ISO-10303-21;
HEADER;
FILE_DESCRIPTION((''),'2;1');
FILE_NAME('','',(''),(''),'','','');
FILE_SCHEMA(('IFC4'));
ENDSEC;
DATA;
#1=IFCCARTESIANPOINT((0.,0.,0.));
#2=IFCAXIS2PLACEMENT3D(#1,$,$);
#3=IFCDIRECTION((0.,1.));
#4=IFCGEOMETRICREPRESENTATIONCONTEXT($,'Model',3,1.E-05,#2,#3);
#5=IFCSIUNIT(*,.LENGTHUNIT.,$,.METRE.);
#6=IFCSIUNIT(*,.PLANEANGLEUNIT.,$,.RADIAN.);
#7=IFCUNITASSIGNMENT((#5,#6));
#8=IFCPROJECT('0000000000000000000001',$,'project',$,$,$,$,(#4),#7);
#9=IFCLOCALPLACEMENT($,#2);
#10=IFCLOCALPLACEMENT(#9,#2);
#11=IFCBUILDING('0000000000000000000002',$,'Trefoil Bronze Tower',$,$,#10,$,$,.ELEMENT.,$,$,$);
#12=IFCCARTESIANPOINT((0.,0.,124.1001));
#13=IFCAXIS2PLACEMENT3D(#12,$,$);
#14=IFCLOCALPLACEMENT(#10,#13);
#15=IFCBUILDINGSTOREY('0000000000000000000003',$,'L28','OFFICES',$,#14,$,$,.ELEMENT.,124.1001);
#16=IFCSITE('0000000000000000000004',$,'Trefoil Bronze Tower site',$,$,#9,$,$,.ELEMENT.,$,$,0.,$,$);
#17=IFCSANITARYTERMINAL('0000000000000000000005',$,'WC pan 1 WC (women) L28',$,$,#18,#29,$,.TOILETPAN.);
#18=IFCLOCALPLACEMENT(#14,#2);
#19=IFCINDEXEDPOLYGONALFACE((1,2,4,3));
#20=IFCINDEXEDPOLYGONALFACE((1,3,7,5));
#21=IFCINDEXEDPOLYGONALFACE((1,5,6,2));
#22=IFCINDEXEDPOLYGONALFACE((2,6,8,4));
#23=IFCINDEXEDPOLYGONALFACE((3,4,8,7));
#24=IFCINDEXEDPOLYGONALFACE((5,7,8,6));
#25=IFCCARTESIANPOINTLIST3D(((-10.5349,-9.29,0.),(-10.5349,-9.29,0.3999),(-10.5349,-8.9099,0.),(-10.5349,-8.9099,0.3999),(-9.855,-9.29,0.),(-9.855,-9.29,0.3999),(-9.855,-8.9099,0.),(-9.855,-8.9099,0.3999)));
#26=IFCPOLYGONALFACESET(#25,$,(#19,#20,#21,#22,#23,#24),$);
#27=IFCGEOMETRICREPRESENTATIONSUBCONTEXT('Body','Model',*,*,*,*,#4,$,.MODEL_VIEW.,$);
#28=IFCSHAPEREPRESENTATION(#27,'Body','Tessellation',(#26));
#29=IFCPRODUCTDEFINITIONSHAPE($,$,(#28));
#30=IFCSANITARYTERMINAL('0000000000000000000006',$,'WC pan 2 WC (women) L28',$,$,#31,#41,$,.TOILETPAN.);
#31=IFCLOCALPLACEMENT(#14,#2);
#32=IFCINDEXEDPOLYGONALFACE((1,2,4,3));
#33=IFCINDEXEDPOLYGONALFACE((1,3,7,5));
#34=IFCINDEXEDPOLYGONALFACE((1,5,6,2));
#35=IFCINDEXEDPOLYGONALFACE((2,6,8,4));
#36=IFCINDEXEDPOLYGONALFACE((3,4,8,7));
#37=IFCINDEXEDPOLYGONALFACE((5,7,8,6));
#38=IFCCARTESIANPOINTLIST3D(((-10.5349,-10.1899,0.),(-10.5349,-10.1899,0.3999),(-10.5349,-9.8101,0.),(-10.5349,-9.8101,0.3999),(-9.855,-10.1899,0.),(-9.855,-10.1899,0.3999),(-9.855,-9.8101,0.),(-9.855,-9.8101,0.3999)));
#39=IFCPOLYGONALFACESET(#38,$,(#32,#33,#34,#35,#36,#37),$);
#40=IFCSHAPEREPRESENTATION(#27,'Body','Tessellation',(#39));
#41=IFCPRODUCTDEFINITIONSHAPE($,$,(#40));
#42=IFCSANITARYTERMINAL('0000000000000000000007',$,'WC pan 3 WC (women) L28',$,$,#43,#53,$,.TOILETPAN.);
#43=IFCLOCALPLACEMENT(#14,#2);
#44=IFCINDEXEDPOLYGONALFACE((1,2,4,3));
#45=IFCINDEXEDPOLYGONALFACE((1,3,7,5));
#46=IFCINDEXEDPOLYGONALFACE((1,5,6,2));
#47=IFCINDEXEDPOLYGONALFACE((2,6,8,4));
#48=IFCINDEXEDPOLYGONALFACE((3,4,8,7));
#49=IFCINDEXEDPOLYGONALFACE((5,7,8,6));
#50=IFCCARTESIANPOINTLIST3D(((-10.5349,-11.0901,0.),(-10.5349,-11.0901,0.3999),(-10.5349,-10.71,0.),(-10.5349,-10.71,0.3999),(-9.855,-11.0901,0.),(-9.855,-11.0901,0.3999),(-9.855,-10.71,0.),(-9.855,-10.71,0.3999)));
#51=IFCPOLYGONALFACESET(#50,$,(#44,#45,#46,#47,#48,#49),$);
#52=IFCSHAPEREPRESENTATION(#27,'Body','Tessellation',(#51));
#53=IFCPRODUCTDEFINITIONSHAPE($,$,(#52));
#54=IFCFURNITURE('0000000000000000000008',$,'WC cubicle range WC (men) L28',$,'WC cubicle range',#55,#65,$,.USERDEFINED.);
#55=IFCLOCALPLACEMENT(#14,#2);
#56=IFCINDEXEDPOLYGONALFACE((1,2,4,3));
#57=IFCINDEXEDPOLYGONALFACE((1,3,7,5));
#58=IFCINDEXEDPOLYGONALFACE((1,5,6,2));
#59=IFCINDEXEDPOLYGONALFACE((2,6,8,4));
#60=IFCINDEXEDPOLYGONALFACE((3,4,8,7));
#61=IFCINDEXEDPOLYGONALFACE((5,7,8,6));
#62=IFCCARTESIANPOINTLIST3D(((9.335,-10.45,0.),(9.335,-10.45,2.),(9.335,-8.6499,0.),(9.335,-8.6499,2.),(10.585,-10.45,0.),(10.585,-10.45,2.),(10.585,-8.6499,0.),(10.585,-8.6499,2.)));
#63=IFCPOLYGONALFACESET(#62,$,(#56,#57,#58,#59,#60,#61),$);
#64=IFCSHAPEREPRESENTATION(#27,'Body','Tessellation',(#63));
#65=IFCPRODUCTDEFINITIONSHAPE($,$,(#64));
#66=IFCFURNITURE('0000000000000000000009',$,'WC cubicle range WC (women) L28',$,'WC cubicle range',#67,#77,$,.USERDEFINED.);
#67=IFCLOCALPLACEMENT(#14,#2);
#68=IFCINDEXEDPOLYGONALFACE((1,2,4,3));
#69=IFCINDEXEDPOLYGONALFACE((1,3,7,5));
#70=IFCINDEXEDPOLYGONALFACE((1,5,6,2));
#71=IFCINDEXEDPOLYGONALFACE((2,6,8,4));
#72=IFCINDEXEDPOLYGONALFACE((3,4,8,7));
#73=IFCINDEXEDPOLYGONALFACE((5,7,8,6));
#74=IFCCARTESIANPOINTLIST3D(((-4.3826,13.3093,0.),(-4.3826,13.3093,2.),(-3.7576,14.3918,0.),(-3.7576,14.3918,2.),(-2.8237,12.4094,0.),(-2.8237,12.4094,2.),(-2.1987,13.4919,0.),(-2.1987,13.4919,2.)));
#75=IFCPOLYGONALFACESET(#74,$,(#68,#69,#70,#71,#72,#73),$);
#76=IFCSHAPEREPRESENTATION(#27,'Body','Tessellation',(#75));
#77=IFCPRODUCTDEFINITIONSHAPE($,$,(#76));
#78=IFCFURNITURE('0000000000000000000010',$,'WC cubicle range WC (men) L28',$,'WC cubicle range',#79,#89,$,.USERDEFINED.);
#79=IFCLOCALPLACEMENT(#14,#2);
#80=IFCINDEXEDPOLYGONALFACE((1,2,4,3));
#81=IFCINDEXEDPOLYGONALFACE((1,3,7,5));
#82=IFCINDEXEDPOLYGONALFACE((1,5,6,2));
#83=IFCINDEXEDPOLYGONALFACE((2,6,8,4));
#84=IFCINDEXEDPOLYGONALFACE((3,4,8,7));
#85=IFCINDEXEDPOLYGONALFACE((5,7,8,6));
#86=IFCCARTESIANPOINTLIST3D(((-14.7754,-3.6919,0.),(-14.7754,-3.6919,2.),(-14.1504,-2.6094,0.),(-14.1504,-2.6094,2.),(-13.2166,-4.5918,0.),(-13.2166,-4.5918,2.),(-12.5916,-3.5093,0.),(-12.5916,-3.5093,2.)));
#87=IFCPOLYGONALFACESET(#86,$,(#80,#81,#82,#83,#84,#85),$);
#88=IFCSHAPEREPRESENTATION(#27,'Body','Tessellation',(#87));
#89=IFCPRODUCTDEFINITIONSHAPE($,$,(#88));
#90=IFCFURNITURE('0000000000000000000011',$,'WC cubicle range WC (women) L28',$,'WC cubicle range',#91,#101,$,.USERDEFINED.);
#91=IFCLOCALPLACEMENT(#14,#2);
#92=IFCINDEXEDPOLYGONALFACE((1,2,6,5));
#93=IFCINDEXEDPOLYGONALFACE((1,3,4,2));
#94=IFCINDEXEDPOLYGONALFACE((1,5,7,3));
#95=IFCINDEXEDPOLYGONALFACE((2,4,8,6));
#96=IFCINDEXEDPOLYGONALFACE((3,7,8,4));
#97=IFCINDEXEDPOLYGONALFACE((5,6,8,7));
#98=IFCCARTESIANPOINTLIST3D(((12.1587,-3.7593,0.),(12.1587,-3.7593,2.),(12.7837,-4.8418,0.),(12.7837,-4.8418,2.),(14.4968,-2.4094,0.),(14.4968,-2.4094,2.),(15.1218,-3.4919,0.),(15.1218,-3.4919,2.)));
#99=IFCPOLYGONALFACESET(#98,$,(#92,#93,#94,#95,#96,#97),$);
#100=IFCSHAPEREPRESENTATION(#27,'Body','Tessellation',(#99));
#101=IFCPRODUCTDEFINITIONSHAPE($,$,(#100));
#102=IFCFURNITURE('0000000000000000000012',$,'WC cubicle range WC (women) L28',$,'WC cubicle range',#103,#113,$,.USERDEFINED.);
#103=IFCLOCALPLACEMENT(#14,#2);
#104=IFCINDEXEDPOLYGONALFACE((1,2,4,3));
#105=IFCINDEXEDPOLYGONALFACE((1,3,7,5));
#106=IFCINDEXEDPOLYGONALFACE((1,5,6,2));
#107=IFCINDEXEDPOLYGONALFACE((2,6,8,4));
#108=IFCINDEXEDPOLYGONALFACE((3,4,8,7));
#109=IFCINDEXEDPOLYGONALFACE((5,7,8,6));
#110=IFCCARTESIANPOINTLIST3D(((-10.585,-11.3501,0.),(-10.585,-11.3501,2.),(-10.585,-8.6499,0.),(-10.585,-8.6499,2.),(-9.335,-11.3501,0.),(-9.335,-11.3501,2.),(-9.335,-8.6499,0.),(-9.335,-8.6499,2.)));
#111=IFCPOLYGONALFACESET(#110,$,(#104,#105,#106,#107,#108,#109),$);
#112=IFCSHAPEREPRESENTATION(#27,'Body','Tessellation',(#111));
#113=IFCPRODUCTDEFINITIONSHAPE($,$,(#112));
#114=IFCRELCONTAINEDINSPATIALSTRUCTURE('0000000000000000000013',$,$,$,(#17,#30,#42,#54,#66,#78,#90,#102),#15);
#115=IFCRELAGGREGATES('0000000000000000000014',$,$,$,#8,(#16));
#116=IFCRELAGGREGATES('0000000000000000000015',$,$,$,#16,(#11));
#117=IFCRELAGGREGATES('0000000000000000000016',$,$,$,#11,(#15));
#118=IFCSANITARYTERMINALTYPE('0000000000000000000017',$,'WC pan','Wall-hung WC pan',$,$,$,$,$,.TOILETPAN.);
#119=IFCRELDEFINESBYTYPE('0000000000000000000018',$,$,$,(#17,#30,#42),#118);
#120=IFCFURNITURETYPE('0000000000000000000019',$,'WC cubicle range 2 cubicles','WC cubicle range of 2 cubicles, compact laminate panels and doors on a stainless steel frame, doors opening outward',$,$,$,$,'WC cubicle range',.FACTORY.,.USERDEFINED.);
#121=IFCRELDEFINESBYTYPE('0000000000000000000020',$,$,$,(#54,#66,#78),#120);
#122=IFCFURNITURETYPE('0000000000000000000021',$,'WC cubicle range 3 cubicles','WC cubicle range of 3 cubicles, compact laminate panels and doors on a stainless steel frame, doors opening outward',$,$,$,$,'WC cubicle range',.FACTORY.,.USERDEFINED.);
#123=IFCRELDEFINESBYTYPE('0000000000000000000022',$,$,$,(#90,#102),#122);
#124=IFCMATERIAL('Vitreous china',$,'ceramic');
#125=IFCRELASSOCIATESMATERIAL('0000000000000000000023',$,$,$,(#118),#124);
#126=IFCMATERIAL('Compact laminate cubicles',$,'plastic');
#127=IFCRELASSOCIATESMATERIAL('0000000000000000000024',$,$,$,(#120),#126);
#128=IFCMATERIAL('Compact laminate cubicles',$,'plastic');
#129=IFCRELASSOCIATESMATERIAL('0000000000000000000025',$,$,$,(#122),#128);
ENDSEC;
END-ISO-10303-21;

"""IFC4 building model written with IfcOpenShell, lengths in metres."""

from ifc_helpers import new_model, si_unit, direction, frame, origin, place, context, subcontext, project, spatial, polyline, outline, extrude, material, type_object, element, save


model = new_model("IFC4")

# Units and contexts
model_context = context("Model", 3, precision=1e-05, world=origin(), true_north=direction((0.0, 1.0)))
body_context = subcontext(model_context, "Body", "Model", "MODEL_VIEW")
ifc_project = project(units=[si_unit("LENGTHUNIT", "METRE"), si_unit("PLANEANGLEUNIT", "RADIAN")], contexts=[model_context])

# Site, building, storey
site_placement = place(None, origin())
site = spatial("IfcSite", under=ifc_project, at=site_placement, Name="Trefoil Bronze Tower site", CompositionType="ELEMENT", RefElevation=0.0)
building_placement = place(site_placement, origin())
building = spatial("IfcBuilding", under=site, at=building_placement, Name="Trefoil Bronze Tower", CompositionType="ELEMENT")
storey_placement = place(building_placement, frame((0.0, 0.0, 124.1001)))
storey = spatial("IfcBuildingStorey", under=building, at=storey_placement, Name="L28", Description="OFFICES", CompositionType="ELEMENT", Elevation=124.1001)

# Sanitary terminals
ifc_material_1 = material(Name="Vitreous china", Category="ceramic")
sanitary_terminal_type_1 = type_object("IfcSanitaryTerminalType", Name="WC pan", Description="Wall-hung WC pan", PredefinedType="TOILETPAN", material=ifc_material_1)
sanitary_terminal_1_placement = place(storey_placement, origin())
element("IfcSanitaryTerminal", 1, at=sanitary_terminal_1_placement, inside=storey, type_object=sanitary_terminal_type_1, Name="WC pan 1 WC (women) L28", PredefinedType="TOILETPAN", context=body_context, shape_type="SweptSolid", body=[
    extrude(outline(polyline([(-9.855, -8.9099), (-10.5349, -8.9099), (-10.5349, -9.29), (-9.855, -9.29), (-9.855, -8.9099)])), origin(), (0.0, 0.0, 1.0), 0.3999),
])
sanitary_terminal_2_placement = place(storey_placement, origin())
element("IfcSanitaryTerminal", 2, at=sanitary_terminal_2_placement, inside=storey, type_object=sanitary_terminal_type_1, Name="WC pan 2 WC (women) L28", PredefinedType="TOILETPAN", context=body_context, shape_type="SweptSolid", body=[
    extrude(outline(polyline([(-9.855, -9.8101), (-10.5349, -9.8101), (-10.5349, -10.1899), (-9.855, -10.1899), (-9.855, -9.8101)])), origin(), (0.0, 0.0, 1.0), 0.3999),
])
sanitary_terminal_3_placement = place(storey_placement, origin())
element("IfcSanitaryTerminal", 3, at=sanitary_terminal_3_placement, inside=storey, type_object=sanitary_terminal_type_1, Name="WC pan 3 WC (women) L28", PredefinedType="TOILETPAN", context=body_context, shape_type="SweptSolid", body=[
    extrude(outline(polyline([(-9.855, -10.71), (-10.5349, -10.71), (-10.5349, -11.0901), (-9.855, -11.0901), (-9.855, -10.71)])), origin(), (0.0, 0.0, 1.0), 0.3999),
])

# Furniture
ifc_material_2 = material(Name="Compact laminate cubicles", Category="plastic")
furniture_type_1 = type_object("IfcFurnitureType", Name="WC cubicle range 2 cubicles", Description="WC cubicle range of 2 cubicles, compact laminate panels and doors on a stainless steel frame, doors opening outward", ElementType="WC cubicle range", AssemblyPlace="FACTORY", PredefinedType="USERDEFINED", material=ifc_material_2)
furniture_1_placement = place(storey_placement, origin())
element("IfcFurniture", 4, at=furniture_1_placement, inside=storey, type_object=furniture_type_1, Name="WC cubicle range WC (men) L28", ObjectType="WC cubicle range", PredefinedType="USERDEFINED", context=body_context, shape_type="SweptSolid", body=[
    extrude(outline(polyline([(9.335, -8.6499), (10.585, -8.6499), (10.585, -10.45), (9.335, -10.45), (9.335, -8.6499)])), origin(), (0.0, 0.0, 1.0), 2.0),
])
furniture_2_placement = place(storey_placement, origin())
element("IfcFurniture", 5, at=furniture_2_placement, inside=storey, type_object=furniture_type_1, Name="WC cubicle range WC (women) L28", ObjectType="WC cubicle range", PredefinedType="USERDEFINED", context=body_context, shape_type="SweptSolid", body=[
    extrude(outline(polyline([(-2.8237, 12.4094), (-2.1987, 13.4919), (-3.7576, 14.3918), (-4.3826, 13.3093), (-2.8237, 12.4094)])), origin(), (0.0, 0.0, 1.0), 2.0),
])
furniture_3_placement = place(storey_placement, origin())
element("IfcFurniture", 6, at=furniture_3_placement, inside=storey, type_object=furniture_type_1, Name="WC cubicle range WC (men) L28", ObjectType="WC cubicle range", PredefinedType="USERDEFINED", context=body_context, shape_type="SweptSolid", body=[
    extrude(outline(polyline([(-12.5916, -3.5093), (-13.2166, -4.5918), (-14.7754, -3.6919), (-14.1504, -2.6094), (-12.5916, -3.5093)])), origin(), (0.0, 0.0, 1.0), 2.0),
])
ifc_material_3 = material(Name="Compact laminate cubicles", Category="plastic")
furniture_type_2 = type_object("IfcFurnitureType", Name="WC cubicle range 3 cubicles", Description="WC cubicle range of 3 cubicles, compact laminate panels and doors on a stainless steel frame, doors opening outward", ElementType="WC cubicle range", AssemblyPlace="FACTORY", PredefinedType="USERDEFINED", material=ifc_material_3)
furniture_4_placement = place(storey_placement, origin())
element("IfcFurniture", 7, at=furniture_4_placement, inside=storey, type_object=furniture_type_2, Name="WC cubicle range WC (women) L28", ObjectType="WC cubicle range", PredefinedType="USERDEFINED", context=body_context, shape_type="SweptSolid", body=[
    extrude(outline(polyline([(12.1587, -3.7593), (12.7837, -4.8418), (15.1218, -3.4919), (14.4968, -2.4094), (12.1587, -3.7593)])), origin(), (0.0, 0.0, 1.0), 2.0),
])
furniture_5_placement = place(storey_placement, origin())
element("IfcFurniture", 8, at=furniture_5_placement, inside=storey, type_object=furniture_type_2, Name="WC cubicle range WC (women) L28", ObjectType="WC cubicle range", PredefinedType="USERDEFINED", context=body_context, shape_type="SweptSolid", body=[
    extrude(outline(polyline([(-9.335, -8.6499), (-10.585, -8.6499), (-10.585, -11.3501), (-9.335, -11.3501), (-9.335, -8.6499)])), origin(), (0.0, 0.0, 1.0), 2.0),
])

save(model, "model.ifc")
